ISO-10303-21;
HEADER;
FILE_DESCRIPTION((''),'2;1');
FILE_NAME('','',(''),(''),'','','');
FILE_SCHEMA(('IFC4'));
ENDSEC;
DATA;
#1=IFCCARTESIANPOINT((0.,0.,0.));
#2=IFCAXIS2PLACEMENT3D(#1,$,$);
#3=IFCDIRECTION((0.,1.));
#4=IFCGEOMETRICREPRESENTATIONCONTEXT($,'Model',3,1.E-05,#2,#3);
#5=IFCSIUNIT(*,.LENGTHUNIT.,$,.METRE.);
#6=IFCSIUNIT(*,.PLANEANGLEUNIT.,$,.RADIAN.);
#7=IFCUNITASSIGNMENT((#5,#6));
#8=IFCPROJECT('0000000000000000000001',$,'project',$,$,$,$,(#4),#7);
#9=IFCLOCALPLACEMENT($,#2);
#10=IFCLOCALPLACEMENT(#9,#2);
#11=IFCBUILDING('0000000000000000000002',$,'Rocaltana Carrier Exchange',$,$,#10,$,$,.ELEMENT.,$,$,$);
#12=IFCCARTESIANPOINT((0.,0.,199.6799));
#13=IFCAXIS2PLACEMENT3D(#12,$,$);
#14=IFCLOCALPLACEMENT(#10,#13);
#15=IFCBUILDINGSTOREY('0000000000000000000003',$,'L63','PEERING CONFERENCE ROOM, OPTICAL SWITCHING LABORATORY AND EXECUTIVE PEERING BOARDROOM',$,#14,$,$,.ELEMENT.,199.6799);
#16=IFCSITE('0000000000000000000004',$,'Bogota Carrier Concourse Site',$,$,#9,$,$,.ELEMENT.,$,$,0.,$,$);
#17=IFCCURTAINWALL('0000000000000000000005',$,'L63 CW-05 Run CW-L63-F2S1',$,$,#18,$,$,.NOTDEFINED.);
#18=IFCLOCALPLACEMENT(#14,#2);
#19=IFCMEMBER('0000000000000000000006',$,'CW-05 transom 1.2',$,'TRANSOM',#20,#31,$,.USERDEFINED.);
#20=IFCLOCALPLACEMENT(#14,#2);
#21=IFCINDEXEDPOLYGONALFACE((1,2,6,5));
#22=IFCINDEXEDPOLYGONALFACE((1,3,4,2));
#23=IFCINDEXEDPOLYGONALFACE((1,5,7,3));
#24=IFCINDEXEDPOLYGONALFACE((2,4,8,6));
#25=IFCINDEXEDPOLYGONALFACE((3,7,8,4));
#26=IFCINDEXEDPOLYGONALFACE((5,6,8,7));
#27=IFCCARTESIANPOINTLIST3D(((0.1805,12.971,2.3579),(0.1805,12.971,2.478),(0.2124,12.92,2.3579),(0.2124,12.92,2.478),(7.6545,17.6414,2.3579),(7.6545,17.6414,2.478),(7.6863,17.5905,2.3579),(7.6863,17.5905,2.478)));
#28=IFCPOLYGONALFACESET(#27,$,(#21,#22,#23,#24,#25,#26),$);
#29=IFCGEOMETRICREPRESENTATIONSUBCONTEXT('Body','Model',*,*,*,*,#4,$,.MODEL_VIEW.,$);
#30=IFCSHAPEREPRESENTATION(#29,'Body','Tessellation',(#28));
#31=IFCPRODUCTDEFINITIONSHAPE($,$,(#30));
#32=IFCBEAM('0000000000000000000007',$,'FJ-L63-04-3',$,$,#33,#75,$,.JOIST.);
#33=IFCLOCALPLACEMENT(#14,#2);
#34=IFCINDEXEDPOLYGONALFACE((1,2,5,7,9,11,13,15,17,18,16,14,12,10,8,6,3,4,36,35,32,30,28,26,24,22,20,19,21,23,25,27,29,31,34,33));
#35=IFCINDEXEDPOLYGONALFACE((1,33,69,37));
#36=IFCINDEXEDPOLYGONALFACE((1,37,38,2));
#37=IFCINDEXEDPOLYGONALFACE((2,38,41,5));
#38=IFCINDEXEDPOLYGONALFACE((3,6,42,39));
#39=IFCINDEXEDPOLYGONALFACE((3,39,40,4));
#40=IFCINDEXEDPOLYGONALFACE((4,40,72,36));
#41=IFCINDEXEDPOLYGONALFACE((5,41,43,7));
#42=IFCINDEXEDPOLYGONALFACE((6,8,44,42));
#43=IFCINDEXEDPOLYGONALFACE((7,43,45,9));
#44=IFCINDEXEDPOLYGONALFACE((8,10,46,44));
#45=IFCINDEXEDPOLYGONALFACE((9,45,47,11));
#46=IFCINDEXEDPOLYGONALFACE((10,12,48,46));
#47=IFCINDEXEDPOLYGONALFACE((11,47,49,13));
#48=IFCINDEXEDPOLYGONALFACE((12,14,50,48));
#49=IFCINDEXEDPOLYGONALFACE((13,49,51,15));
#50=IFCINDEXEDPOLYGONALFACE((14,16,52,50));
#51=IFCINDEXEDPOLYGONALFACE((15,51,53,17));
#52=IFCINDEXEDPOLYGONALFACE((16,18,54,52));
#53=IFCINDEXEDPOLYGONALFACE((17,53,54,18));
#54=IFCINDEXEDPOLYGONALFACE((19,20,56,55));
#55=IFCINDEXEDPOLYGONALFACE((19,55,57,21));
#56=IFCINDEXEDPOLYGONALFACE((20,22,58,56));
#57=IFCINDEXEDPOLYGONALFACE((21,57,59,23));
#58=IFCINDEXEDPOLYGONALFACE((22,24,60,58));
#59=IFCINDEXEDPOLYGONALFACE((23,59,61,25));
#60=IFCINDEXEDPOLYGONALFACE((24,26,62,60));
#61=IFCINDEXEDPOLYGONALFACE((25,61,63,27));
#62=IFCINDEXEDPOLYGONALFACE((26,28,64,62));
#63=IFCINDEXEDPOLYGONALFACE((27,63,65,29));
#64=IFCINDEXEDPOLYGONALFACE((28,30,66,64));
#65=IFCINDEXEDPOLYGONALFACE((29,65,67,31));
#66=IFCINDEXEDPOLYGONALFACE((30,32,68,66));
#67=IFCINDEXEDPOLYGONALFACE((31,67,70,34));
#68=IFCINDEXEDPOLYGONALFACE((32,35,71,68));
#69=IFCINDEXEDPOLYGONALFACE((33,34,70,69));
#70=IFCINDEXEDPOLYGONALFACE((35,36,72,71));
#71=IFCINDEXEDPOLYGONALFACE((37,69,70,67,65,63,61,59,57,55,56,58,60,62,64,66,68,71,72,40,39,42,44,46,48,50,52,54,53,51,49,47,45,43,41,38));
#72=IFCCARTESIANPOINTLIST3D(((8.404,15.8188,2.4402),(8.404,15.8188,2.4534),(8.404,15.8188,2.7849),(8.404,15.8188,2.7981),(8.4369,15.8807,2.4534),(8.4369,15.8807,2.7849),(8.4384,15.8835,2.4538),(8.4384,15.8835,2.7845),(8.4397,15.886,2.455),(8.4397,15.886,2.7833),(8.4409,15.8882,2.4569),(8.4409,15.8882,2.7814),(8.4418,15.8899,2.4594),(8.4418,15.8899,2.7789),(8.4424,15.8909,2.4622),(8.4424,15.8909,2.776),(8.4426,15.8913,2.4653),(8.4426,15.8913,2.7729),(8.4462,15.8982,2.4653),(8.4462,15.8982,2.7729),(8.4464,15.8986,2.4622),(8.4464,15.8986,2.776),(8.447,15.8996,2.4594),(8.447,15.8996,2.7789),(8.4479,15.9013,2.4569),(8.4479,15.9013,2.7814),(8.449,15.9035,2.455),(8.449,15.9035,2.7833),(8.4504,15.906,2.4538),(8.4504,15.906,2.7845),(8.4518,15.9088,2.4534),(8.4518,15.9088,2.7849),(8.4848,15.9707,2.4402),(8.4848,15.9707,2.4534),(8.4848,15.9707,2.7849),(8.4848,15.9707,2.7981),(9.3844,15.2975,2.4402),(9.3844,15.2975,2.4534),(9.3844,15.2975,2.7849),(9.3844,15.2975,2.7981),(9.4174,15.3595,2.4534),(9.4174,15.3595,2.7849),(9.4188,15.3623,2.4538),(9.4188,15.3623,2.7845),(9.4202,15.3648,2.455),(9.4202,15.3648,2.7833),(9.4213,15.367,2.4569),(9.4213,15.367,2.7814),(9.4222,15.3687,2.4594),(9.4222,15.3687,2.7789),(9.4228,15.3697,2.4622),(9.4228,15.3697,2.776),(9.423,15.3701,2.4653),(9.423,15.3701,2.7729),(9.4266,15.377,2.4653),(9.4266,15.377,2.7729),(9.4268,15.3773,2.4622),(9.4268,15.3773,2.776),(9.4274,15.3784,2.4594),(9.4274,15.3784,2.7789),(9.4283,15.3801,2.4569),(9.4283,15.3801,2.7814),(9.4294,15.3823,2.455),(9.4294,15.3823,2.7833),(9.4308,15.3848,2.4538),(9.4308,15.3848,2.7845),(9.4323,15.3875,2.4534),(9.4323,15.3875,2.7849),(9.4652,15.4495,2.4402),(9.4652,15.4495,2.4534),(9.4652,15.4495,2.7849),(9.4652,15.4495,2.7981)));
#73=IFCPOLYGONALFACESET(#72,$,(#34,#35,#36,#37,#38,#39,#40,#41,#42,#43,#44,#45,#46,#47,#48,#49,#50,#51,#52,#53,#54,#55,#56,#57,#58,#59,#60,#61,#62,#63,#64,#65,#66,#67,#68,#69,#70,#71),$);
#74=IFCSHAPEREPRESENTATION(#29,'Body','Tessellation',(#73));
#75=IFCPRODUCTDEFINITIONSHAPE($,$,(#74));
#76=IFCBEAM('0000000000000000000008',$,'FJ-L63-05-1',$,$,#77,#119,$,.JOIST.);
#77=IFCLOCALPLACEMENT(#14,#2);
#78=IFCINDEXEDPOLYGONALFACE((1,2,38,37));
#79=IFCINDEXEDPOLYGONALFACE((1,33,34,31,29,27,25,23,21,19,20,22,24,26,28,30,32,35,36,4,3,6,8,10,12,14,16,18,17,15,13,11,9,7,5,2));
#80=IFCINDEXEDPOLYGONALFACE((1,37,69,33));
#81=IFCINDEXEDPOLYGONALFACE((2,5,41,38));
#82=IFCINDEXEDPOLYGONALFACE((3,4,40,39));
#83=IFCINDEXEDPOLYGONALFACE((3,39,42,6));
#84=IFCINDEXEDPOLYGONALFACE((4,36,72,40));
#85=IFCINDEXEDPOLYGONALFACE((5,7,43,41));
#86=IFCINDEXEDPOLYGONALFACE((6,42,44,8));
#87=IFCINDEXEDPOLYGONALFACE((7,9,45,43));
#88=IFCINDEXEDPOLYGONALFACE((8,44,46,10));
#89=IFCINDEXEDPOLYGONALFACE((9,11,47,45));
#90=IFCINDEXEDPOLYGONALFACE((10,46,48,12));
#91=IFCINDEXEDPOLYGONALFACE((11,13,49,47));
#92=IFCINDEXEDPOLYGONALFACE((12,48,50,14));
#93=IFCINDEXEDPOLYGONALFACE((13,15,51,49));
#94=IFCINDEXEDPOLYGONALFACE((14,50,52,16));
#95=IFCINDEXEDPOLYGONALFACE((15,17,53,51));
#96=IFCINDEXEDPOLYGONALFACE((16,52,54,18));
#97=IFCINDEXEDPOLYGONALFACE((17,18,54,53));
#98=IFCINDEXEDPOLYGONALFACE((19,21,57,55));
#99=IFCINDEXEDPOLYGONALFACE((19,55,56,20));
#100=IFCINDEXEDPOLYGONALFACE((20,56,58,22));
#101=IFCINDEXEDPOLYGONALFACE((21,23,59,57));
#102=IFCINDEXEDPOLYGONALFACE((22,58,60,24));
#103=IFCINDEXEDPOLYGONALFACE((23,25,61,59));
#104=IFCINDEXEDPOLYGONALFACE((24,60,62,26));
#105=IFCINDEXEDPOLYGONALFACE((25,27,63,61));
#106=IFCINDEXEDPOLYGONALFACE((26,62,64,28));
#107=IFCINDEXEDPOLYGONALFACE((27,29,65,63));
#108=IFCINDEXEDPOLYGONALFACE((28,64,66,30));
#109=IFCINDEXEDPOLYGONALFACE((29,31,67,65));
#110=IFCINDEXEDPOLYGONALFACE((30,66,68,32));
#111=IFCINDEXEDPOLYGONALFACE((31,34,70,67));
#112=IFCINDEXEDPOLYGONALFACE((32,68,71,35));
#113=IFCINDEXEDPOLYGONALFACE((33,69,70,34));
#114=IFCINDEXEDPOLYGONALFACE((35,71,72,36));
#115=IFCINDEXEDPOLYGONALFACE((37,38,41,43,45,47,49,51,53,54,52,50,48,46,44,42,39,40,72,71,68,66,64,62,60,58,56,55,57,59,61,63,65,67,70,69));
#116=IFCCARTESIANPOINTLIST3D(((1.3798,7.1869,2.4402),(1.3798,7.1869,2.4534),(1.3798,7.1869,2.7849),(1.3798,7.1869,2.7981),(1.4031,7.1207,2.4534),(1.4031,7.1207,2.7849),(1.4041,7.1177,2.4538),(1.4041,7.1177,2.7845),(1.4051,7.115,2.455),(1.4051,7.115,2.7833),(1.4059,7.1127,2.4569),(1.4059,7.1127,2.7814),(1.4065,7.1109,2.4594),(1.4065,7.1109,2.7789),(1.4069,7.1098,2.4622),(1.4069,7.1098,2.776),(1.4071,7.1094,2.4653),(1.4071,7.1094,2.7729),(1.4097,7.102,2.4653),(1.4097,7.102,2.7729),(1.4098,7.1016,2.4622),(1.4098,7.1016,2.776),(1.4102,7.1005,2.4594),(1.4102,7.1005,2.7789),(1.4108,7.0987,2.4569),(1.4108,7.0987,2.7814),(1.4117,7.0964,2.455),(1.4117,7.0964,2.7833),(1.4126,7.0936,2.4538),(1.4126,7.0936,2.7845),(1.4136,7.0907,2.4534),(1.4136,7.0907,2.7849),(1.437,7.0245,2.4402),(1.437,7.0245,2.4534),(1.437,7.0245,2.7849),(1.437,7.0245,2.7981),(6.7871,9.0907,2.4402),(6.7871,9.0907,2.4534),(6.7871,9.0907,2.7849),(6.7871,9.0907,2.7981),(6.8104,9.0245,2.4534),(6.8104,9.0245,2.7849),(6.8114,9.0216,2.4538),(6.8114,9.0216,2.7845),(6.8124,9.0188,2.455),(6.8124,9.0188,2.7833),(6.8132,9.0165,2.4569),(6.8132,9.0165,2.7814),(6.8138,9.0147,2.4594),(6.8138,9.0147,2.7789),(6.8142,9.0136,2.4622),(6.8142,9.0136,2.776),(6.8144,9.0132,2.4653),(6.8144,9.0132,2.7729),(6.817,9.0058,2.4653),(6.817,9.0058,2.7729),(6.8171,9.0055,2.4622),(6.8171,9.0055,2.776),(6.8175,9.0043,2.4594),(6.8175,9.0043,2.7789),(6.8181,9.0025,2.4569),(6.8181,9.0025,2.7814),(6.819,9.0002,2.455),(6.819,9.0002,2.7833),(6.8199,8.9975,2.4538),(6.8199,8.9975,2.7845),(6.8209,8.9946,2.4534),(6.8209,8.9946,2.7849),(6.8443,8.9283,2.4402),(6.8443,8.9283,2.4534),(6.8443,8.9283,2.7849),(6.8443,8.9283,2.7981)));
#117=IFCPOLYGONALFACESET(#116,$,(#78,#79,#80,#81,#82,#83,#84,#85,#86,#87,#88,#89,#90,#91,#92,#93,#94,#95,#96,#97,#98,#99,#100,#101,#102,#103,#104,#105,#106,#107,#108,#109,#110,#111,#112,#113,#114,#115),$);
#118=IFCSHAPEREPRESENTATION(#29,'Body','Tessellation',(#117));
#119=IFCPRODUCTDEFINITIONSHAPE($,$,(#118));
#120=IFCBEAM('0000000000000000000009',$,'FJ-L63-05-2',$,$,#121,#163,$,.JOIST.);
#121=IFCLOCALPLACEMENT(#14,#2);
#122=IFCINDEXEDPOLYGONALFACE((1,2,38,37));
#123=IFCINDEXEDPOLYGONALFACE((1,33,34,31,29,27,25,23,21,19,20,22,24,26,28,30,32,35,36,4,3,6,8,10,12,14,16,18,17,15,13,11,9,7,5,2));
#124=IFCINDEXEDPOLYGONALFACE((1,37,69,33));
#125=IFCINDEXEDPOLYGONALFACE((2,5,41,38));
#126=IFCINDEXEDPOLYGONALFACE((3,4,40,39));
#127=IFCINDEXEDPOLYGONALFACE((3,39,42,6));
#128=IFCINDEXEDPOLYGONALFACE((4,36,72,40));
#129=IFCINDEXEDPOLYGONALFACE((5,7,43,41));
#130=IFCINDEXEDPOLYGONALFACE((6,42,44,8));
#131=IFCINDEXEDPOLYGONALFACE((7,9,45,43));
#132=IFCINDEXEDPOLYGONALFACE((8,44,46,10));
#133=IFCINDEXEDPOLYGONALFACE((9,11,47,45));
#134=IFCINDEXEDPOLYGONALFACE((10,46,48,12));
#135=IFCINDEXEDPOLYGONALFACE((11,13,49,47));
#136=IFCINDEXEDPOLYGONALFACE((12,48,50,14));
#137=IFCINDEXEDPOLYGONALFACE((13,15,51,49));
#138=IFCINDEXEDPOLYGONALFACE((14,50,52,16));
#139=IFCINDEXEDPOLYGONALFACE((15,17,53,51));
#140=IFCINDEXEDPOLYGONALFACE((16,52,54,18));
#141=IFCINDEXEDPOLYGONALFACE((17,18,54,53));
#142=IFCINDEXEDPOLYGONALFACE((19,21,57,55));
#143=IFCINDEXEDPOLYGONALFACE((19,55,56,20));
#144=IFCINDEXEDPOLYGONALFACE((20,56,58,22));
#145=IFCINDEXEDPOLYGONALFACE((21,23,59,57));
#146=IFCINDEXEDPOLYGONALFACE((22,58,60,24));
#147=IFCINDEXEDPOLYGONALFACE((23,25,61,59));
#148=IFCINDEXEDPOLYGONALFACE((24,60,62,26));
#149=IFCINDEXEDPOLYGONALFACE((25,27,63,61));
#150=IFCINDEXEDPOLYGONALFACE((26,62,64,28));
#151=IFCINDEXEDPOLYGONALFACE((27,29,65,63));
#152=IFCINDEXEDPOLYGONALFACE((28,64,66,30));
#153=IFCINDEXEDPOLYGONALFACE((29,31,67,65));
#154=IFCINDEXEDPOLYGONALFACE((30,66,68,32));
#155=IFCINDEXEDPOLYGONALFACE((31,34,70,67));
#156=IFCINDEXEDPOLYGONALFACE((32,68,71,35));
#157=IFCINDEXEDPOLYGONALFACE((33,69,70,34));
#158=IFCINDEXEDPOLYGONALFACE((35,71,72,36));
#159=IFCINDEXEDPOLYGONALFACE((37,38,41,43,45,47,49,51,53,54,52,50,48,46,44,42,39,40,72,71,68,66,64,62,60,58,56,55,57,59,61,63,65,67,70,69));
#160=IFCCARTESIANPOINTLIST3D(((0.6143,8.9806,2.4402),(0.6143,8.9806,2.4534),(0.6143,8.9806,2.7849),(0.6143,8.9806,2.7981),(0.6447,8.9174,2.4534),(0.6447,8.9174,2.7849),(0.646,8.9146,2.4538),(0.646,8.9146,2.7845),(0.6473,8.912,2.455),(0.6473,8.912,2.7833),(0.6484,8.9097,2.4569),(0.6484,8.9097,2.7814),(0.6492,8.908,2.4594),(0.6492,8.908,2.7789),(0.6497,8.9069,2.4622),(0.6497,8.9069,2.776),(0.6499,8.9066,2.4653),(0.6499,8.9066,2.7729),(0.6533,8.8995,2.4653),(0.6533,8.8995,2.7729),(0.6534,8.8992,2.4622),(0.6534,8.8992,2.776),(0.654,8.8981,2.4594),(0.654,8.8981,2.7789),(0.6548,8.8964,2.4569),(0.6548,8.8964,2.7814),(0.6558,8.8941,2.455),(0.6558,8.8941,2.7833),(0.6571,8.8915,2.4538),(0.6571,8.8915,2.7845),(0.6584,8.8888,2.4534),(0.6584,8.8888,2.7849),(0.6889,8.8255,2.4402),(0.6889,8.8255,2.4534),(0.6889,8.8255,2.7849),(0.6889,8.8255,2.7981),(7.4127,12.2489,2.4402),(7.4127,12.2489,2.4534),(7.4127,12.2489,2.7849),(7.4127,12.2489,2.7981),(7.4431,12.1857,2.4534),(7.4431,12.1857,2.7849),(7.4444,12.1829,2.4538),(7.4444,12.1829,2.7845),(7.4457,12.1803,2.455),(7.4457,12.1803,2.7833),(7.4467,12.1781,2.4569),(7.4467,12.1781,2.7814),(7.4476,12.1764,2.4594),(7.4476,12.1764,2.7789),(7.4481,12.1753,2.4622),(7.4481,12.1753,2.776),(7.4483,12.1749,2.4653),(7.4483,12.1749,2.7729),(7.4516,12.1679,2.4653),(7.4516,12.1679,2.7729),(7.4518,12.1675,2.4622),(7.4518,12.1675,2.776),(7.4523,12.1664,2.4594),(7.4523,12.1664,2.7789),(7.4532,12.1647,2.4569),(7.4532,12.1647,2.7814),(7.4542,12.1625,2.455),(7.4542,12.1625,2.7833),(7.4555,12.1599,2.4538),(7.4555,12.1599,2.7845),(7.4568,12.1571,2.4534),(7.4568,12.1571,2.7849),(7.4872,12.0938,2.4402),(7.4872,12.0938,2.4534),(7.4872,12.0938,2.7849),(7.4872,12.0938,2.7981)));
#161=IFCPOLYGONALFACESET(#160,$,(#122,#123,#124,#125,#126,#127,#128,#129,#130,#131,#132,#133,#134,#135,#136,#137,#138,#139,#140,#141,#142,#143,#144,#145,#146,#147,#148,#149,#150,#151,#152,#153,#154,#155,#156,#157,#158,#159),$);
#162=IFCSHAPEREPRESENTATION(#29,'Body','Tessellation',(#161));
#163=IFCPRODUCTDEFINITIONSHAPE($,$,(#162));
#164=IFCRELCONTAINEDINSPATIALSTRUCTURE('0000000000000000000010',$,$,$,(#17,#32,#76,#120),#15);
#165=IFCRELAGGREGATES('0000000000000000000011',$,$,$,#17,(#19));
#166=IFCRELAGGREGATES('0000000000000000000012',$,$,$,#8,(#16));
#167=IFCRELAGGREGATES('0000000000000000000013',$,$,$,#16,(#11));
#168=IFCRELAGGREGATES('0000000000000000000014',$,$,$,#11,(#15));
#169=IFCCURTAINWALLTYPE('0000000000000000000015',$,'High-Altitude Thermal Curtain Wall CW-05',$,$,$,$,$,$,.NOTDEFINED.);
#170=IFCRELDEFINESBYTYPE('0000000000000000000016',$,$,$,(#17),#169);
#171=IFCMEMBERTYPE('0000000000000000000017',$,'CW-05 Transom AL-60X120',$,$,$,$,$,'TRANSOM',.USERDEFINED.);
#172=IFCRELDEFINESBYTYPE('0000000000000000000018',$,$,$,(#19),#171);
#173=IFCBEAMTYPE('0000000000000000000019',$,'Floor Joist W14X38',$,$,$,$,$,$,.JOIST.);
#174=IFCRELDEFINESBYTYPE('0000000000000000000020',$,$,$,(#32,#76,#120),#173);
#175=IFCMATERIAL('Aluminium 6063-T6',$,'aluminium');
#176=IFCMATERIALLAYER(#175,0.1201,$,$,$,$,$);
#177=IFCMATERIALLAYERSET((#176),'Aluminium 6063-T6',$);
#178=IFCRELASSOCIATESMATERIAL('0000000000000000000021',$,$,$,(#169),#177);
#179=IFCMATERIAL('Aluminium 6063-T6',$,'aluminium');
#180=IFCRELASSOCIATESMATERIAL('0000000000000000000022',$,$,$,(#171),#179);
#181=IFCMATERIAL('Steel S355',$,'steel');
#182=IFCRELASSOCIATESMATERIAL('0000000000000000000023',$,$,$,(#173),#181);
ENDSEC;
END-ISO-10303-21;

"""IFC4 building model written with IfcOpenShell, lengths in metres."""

from ifc_helpers import new_model, si_unit, direction, frame, origin, origin_2d, place, context, subcontext, project, spatial, rectangle, i_section, extrude, material, layer, layer_set, material_profile, profile_set, type_object, element, aggregate, save


model = new_model("IFC4")

# Units and contexts
model_context = context("Model", 3, precision=1e-05, world=origin(), true_north=direction((0.0, 1.0)))
body_context = subcontext(model_context, "Body", "Model", "MODEL_VIEW")
ifc_project = project(units=[si_unit("LENGTHUNIT", "METRE"), si_unit("PLANEANGLEUNIT", "RADIAN")], contexts=[model_context])

# Site, building, storey
site_placement = place(None, origin())
site = spatial("IfcSite", under=ifc_project, at=site_placement, Name="Bogota Carrier Concourse Site", CompositionType="ELEMENT", RefElevation=0.0)
building_placement = place(site_placement, origin())
building = spatial("IfcBuilding", under=site, at=building_placement, Name="Rocaltana Carrier Exchange", CompositionType="ELEMENT")
storey_placement = place(building_placement, frame((0.0, 0.0, 199.6799)))
storey = spatial("IfcBuildingStorey", under=building, at=storey_placement, Name="L63", Description="PEERING CONFERENCE ROOM, OPTICAL SWITCHING LABORATORY AND EXECUTIVE PEERING BOARDROOM", CompositionType="ELEMENT", Elevation=199.6799)

# Curtain wall
ifc_material_1 = material(Name="Aluminium 6063-T6", Category="aluminium")
ifc_layer_1 = layer(ifc_material_1, 0.1201)
ifc_layer_set_1 = layer_set([ifc_layer_1], Name="Aluminium 6063-T6")
curtain_wall_type = type_object("IfcCurtainWallType", Name="High-Altitude Thermal Curtain Wall CW-05", PredefinedType="NOTDEFINED", material=ifc_layer_set_1)
curtain_wall_1_placement = place(storey_placement, origin())
curtain_wall_1 = element("IfcCurtainWall", 1, at=curtain_wall_1_placement, inside=storey, type_object=curtain_wall_type, Name="L63 CW-05 Run CW-L63-F2S1", PredefinedType="NOTDEFINED")

# Member
ifc_material_2 = material(Name="Aluminium 6063-T6", Category="aluminium")
ifc_material_profile_1 = material_profile(ifc_material_2, rectangle(XDim=0.0601, YDim=0.1201, at=origin_2d()), Name="AL-60X120")
ifc_profile_set_1 = profile_set([ifc_material_profile_1], Name="Aluminium 6063-T6")
member_type_1 = type_object("IfcMemberType", Name="CW-05 Transom AL-60X120", ElementType="TRANSOM", PredefinedType="USERDEFINED", material=ifc_profile_set_1)
member_1_placement = place(storey_placement, frame((7.6704, 17.616, 2.418), z_axis=(-0.848037, -0.529937, 0.0), x_axis=(0.529937, -0.848037, 0.0)))
member_1 = element("IfcMember", 2, at=member_1_placement, type_object=member_type_1, Name="CW-05 transom 1.2", ObjectType="TRANSOM", PredefinedType="USERDEFINED", context=body_context, shape_type="SweptSolid", body=[
    extrude(rectangle(XDim=0.0601, YDim=0.1201, at=origin_2d()), origin(), (0.0, 0.0, 1.0), 8.8132),
])

# Beams
ifc_material_3 = material(Name="Steel S355", Category="steel")
ifc_material_profile_2 = material_profile(ifc_material_3, i_section(OverallWidth=0.1721, OverallDepth=0.3579, WebThickness=0.0078, FlangeThickness=0.0132, FilletRadius=0.012, at=origin_2d()), Name="W14X38")
ifc_profile_set_2 = profile_set([ifc_material_profile_2], Name="Steel S355")
beam_type_1 = type_object("IfcBeamType", Name="Floor Joist W14X38", PredefinedType="JOIST", material=ifc_profile_set_2)
beam_1_placement = place(storey_placement, frame((9.4248, 15.3735, 2.6191), z_axis=(-0.882979, 0.469412, 0.0), x_axis=(-0.469412, -0.882979, 0.0)))
element("IfcBeam", 3, at=beam_1_placement, inside=storey, type_object=beam_type_1, Name="FJ-L63-04-3", PredefinedType="JOIST", context=body_context, shape_type="SweptSolid", body=[
    extrude(i_section(OverallWidth=0.1721, OverallDepth=0.3579, WebThickness=0.0078, FlangeThickness=0.0132, FilletRadius=0.012, at=origin_2d()), origin(), (0.0, 0.0, 1.0), 1.1104),
])
beam_2_placement = place(storey_placement, frame((6.8157, 9.0095, 2.6191), z_axis=(-0.943243, -0.332103, 0.0), x_axis=(0.332103, -0.943243, 0.0)))
element("IfcBeam", 4, at=beam_2_placement, inside=storey, type_object=beam_type_1, Name="FJ-L63-05-1", PredefinedType="JOIST", context=body_context, shape_type="SweptSolid", body=[
    extrude(i_section(OverallWidth=0.1721, OverallDepth=0.3579, WebThickness=0.0078, FlangeThickness=0.0132, FilletRadius=0.012, at=origin_2d()), origin(), (0.0, 0.0, 1.0), 5.7327),
])
beam_3_placement = place(storey_placement, frame((7.45, 12.1714, 2.6191), z_axis=(-0.901259, -0.433281, 0.0), x_axis=(0.433281, -0.901259, 0.0)))
element("IfcBeam", 5, at=beam_3_placement, inside=storey, type_object=beam_type_1, Name="FJ-L63-05-2", PredefinedType="JOIST", context=body_context, shape_type="SweptSolid", body=[
    extrude(i_section(OverallWidth=0.1721, OverallDepth=0.3579, WebThickness=0.0078, FlangeThickness=0.0132, FilletRadius=0.012, at=origin_2d()), origin(), (0.0, 0.0, 1.0), 7.5432),
])

aggregate(curtain_wall_1, [member_1])

save(model, "model.ifc")
